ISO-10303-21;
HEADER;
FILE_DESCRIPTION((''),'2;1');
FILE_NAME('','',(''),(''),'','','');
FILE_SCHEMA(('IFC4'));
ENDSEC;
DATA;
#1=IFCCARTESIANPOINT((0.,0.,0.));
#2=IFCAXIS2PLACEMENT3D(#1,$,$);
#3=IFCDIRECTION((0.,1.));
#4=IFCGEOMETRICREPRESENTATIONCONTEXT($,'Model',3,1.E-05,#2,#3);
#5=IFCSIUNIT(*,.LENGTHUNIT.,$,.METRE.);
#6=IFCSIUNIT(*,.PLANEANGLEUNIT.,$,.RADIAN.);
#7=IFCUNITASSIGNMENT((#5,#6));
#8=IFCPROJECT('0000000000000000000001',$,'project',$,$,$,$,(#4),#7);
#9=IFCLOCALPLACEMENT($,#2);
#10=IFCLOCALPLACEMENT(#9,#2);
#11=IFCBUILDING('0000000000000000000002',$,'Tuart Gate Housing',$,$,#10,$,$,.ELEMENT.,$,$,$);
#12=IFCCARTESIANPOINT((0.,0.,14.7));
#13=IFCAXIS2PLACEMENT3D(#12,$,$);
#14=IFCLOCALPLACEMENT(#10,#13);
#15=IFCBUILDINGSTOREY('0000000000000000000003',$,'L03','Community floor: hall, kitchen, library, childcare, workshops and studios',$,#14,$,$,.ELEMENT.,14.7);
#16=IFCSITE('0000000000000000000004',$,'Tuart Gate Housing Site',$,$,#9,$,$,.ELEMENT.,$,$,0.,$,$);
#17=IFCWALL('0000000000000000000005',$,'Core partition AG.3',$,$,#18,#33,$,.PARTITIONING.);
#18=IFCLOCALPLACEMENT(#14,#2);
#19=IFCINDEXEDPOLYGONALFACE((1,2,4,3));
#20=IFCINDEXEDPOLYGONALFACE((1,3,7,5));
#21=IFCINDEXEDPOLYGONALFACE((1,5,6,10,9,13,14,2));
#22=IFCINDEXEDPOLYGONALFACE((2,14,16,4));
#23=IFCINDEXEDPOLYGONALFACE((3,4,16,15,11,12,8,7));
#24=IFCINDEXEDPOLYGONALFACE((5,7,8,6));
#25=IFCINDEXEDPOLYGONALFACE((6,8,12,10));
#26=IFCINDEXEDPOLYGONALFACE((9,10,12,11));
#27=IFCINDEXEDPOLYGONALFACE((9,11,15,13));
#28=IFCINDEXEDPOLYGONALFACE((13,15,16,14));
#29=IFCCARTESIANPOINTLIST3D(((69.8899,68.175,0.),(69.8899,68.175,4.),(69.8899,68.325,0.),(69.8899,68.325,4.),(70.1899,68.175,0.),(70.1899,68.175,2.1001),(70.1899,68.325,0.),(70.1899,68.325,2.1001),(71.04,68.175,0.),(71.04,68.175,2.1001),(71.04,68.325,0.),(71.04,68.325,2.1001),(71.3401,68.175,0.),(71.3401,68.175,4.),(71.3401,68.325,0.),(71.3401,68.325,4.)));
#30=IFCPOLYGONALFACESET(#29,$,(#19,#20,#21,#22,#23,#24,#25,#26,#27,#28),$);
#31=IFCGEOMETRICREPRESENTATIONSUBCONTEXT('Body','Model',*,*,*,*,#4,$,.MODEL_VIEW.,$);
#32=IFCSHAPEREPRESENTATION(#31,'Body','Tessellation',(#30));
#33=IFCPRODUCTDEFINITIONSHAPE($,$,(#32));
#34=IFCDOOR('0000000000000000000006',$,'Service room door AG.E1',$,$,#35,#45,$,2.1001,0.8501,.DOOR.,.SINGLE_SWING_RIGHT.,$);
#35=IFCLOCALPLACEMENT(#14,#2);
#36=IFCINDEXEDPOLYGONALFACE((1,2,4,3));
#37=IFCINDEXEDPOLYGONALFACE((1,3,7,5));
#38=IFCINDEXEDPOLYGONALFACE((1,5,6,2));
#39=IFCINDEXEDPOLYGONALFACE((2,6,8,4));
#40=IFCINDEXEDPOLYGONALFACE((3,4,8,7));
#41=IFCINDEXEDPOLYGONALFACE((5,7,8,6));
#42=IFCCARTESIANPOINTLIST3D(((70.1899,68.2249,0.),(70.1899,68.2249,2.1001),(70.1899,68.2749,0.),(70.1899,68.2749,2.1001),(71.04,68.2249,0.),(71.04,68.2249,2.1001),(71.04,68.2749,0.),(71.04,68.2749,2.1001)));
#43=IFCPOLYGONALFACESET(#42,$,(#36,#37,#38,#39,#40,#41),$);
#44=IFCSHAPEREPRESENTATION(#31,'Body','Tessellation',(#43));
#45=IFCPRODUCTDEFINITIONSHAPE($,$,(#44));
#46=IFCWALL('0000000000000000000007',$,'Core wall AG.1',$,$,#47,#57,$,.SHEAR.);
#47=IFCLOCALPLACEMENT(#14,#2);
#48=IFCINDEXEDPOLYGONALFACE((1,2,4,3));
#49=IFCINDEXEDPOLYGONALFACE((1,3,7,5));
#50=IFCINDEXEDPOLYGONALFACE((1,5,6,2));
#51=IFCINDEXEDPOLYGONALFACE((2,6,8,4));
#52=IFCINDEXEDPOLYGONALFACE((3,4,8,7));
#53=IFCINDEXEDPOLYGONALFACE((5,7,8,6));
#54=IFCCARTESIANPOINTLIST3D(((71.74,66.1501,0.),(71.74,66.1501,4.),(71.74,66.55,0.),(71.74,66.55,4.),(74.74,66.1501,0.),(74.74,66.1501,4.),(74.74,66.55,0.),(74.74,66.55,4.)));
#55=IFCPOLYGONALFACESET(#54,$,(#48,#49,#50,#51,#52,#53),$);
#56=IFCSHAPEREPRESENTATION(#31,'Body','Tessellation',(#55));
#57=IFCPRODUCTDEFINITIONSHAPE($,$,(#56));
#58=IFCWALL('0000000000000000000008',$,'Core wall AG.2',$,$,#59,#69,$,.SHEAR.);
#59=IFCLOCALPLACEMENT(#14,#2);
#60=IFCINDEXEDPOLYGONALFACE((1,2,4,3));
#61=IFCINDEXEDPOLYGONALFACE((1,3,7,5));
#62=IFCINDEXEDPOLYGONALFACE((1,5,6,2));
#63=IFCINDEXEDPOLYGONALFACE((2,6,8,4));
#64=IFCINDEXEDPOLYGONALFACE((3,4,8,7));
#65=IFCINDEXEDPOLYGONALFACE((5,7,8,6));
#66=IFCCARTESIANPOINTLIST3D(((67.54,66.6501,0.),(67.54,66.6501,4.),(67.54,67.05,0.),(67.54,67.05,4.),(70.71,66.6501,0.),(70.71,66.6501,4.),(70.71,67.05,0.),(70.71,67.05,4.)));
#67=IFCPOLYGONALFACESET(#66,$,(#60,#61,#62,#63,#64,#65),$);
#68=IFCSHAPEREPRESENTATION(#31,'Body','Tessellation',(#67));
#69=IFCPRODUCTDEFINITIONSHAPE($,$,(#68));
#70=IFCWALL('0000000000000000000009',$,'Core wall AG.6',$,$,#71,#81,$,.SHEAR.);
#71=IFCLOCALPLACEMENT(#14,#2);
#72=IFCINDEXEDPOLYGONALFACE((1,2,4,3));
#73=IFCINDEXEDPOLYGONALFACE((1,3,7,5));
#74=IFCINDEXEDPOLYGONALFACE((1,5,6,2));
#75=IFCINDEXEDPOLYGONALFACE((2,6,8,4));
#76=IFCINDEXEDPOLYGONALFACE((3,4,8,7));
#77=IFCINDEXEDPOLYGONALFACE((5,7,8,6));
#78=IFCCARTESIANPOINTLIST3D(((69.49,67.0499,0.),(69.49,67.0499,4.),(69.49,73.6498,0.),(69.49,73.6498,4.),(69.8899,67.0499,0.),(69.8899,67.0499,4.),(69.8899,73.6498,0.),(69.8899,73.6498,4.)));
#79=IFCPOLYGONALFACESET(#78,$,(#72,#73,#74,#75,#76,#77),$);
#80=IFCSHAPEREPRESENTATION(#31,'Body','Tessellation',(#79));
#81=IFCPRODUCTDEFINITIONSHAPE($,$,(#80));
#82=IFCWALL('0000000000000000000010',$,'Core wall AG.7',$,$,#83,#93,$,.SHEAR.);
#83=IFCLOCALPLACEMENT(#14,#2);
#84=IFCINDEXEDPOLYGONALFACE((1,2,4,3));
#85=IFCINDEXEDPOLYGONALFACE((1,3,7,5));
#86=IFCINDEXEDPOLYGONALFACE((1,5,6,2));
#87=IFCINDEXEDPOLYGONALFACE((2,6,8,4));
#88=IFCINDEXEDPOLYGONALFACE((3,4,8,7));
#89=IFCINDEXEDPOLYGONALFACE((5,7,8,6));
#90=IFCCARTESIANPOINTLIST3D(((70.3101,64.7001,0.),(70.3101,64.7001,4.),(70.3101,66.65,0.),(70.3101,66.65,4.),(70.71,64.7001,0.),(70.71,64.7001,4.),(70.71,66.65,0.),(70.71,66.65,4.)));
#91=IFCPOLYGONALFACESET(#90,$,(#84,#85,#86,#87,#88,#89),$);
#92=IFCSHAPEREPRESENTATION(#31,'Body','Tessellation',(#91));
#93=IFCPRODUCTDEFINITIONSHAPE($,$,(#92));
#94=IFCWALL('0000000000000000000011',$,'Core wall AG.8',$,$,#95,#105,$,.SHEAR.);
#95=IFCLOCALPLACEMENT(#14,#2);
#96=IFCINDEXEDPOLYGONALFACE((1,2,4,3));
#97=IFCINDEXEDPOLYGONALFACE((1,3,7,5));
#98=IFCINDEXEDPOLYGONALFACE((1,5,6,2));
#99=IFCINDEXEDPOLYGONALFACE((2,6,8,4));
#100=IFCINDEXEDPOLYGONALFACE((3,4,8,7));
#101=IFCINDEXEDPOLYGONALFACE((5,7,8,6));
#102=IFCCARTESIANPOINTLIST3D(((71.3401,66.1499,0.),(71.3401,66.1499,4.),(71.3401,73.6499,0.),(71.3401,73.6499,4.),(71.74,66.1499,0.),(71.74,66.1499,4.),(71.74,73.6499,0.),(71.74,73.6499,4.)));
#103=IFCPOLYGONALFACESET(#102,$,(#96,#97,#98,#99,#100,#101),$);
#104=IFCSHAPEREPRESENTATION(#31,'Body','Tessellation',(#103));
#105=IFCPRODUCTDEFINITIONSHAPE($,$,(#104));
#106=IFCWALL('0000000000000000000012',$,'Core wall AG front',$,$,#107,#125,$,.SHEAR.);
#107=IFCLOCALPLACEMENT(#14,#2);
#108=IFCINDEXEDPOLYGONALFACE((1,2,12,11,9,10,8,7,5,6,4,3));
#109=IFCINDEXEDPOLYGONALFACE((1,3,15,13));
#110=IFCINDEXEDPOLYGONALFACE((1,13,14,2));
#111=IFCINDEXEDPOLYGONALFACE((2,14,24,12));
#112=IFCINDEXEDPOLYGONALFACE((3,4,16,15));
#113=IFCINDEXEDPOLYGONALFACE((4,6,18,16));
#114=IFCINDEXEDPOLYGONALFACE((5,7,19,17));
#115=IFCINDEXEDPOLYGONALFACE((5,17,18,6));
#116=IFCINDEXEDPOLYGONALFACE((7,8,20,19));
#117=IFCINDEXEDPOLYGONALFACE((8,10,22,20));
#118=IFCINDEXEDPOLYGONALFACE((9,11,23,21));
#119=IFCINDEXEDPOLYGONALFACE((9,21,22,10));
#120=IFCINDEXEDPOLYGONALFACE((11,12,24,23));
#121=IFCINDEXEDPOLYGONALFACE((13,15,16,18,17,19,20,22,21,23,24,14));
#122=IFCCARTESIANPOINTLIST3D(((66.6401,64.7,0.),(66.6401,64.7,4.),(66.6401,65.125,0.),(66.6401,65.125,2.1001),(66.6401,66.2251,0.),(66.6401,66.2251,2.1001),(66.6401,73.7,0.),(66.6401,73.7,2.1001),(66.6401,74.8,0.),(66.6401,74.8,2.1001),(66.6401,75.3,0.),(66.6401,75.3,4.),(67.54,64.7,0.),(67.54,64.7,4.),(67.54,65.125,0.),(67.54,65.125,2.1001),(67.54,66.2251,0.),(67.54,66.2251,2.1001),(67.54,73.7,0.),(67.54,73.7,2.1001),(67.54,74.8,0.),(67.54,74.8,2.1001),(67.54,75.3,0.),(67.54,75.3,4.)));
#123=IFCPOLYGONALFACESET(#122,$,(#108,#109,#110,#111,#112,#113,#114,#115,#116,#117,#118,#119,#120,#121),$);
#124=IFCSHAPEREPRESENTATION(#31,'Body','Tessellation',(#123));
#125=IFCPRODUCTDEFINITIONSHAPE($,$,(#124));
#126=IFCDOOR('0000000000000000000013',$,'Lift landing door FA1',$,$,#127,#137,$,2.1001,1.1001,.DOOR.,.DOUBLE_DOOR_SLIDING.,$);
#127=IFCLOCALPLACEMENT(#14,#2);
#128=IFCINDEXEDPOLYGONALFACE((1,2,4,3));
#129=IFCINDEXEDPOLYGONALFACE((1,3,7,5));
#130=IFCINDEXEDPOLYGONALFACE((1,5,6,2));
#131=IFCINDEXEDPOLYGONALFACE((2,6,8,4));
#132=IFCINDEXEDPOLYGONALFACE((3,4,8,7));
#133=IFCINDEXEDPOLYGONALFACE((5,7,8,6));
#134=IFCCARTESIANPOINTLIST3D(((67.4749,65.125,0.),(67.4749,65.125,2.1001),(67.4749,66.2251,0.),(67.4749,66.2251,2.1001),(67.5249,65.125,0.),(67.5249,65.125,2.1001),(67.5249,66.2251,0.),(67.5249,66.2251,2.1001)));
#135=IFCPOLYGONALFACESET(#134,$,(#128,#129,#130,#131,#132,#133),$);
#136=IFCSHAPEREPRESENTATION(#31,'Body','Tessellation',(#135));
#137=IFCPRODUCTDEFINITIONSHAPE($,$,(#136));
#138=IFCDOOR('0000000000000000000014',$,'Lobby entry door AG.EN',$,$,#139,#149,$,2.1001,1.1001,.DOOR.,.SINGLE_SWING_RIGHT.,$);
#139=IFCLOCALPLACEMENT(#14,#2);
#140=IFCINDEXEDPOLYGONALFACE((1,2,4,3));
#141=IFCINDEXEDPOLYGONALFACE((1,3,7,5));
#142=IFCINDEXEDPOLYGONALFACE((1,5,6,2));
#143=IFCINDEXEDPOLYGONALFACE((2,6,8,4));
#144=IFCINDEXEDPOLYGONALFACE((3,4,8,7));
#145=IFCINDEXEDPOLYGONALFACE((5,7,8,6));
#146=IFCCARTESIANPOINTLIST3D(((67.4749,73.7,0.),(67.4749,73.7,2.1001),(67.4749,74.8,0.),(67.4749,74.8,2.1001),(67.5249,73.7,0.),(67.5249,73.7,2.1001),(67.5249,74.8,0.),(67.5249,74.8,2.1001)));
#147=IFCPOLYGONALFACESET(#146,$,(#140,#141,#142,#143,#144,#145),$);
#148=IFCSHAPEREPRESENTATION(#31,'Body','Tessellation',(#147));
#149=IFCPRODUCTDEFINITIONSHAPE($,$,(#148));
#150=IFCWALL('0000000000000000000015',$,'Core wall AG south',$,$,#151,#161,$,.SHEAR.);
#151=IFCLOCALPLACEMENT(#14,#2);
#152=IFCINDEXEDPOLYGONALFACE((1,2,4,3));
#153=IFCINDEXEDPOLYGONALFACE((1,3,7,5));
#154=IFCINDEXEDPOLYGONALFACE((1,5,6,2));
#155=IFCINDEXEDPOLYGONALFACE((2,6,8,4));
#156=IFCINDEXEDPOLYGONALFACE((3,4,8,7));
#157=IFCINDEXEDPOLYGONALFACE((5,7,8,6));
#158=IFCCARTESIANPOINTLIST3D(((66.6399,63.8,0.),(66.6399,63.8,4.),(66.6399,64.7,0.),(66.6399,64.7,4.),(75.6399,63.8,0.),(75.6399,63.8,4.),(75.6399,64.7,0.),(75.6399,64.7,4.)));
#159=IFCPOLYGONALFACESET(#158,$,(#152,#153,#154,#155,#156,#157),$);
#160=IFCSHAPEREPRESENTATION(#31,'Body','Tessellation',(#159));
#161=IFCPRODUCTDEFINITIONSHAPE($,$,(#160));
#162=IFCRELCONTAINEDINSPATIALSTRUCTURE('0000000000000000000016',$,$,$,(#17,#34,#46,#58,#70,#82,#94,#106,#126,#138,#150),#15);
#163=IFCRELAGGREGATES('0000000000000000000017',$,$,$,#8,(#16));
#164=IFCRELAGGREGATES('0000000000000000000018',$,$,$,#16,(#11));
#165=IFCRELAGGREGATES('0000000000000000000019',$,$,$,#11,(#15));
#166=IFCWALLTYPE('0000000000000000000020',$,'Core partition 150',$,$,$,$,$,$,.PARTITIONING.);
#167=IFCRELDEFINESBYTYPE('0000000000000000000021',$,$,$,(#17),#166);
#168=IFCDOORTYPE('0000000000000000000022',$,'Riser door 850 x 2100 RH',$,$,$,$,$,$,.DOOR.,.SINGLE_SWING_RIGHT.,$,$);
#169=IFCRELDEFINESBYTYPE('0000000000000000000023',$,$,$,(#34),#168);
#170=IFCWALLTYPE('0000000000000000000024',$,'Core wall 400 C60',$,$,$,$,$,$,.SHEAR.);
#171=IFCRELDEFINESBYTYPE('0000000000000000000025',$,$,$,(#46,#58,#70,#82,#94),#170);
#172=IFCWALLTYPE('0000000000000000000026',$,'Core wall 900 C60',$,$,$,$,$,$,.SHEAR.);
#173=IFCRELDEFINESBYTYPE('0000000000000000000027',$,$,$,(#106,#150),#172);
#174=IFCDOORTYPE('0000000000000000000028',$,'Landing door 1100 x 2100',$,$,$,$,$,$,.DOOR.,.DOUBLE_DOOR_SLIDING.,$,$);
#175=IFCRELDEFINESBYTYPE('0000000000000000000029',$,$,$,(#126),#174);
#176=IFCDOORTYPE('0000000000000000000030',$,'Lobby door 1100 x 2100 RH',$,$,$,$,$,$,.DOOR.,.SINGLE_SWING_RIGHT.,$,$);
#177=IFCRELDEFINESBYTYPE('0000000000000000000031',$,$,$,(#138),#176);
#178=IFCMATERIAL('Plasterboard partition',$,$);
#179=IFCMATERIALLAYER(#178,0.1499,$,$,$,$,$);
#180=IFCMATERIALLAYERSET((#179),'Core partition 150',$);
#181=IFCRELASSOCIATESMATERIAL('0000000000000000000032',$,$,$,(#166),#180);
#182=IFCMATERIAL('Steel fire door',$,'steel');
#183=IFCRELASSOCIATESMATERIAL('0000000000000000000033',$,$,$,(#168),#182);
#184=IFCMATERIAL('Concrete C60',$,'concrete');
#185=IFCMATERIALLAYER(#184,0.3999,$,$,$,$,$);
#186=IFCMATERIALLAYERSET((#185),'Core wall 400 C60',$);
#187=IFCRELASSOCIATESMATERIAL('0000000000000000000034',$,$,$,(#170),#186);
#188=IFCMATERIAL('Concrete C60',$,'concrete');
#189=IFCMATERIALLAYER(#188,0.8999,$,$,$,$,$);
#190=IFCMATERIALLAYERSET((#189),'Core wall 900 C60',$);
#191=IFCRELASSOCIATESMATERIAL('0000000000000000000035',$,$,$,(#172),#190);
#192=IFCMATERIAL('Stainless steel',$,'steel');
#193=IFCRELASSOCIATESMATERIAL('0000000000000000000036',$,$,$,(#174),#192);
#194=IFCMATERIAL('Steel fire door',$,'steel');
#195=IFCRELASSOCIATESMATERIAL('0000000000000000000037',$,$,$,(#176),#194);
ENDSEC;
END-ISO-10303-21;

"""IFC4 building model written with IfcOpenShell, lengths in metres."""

from ifc_helpers import new_model, si_unit, direction, frame, frame_2d, origin, place, context, subcontext, project, spatial, rectangle, extrude, material, layer, layer_set, type_object, element, fill, save


model = new_model("IFC4")

# Units and contexts
model_context = context("Model", 3, precision=1e-05, world=origin(), true_north=direction((0.0, 1.0)))
body_context = subcontext(model_context, "Body", "Model", "MODEL_VIEW")
ifc_project = project(units=[si_unit("LENGTHUNIT", "METRE"), si_unit("PLANEANGLEUNIT", "RADIAN")], contexts=[model_context])

# Site, building, storey
site_placement = place(None, origin())
site = spatial("IfcSite", under=ifc_project, at=site_placement, Name="Tuart Gate Housing Site", CompositionType="ELEMENT", RefElevation=0.0)
building_placement = place(site_placement, origin())
building = spatial("IfcBuilding", under=site, at=building_placement, Name="Tuart Gate Housing", CompositionType="ELEMENT")
storey_placement = place(building_placement, frame((0.0, 0.0, 14.7)))
storey = spatial("IfcBuildingStorey", under=building, at=storey_placement, Name="L03", Description="Community floor: hall, kitchen, library, childcare, workshops and studios", CompositionType="ELEMENT", Elevation=14.7)

# Wall, opening, door
ifc_material_1 = material(Name="Plasterboard partition")
ifc_layer_1 = layer(ifc_material_1, 0.1499)
ifc_layer_set_1 = layer_set([ifc_layer_1], Name="Core partition 150")
wall_type_1 = type_object("IfcWallType", Name="Core partition 150", PredefinedType="PARTITIONING", material=ifc_layer_set_1)
wall_1_placement = place(storey_placement, frame((69.8899, 68.25, 0.0), z_axis=(0.0, 0.0, 1.0), x_axis=(1.0, 0.0, 0.0)))
wall_1 = element("IfcWall", 1, at=wall_1_placement, inside=storey, type_object=wall_type_1, Name="Core partition AG.3", PredefinedType="PARTITIONING", context=body_context, shape_type="SweptSolid", body=[
    extrude(rectangle(XDim=1.4502, YDim=0.1499, at=frame_2d((0.7251, 0.0))), origin(), (0.0, 0.0, 1.0), 4.0),
])
opening_1_placement = place(wall_1_placement, frame((0.3, 0.0, 0.0)))
opening_1 = element("IfcOpeningElement", 2, at=opening_1_placement, cuts=wall_1, PredefinedType="OPENING", context=body_context, shape_type="SweptSolid", body=[
    extrude(rectangle(XDim=0.8501, YDim=2.1001, at=frame_2d((0.425, 1.05))), frame((0.0, 0.085, 0.0), z_axis=(0.0, -1.0, 0.0), x_axis=(1.0, 0.0, 0.0)), (0.0, 0.0, 1.0), 0.1699),
])
ifc_material_2 = material(Name="Steel fire door", Category="steel")
door_type_1 = type_object("IfcDoorType", Name="Riser door 850 x 2100 RH", OperationType="SINGLE_SWING_RIGHT", PredefinedType="DOOR", material=ifc_material_2)
door_1_placement = place(opening_1_placement, frame((0.8501, 0.0, 0.0), z_axis=(0.0, 0.0, 1.0), x_axis=(-1.0, 0.0, 0.0)))
door_1 = element("IfcDoor", 3, at=door_1_placement, inside=storey, type_object=door_type_1, Name="Service room door AG.E1", OperationType="SINGLE_SWING_RIGHT", OverallHeight=2.1001, OverallWidth=0.8501, PredefinedType="DOOR", context=body_context, shape_type="SweptSolid", body=[
    extrude(rectangle(XDim=0.8501, YDim=2.1001, at=frame_2d((0.425, 1.05))), frame((0.0, 0.0251, 0.0), z_axis=(0.0, -1.0, 0.0), x_axis=(1.0, 0.0, 0.0)), (0.0, 0.0, 1.0), 0.05),
])
fill(opening_1, door_1)

# Walls
ifc_material_3 = material(Name="Concrete C60", Category="concrete")
ifc_layer_2 = layer(ifc_material_3, 0.3999)
ifc_layer_set_2 = layer_set([ifc_layer_2], Name="Core wall 400 C60")
wall_type_2 = type_object("IfcWallType", Name="Core wall 400 C60", PredefinedType="SHEAR", material=ifc_layer_set_2)
wall_2_placement = place(storey_placement, frame((71.74, 66.3501, 0.0), z_axis=(0.0, 0.0, 1.0), x_axis=(1.0, 0.0, 0.0)))
element("IfcWall", 4, at=wall_2_placement, inside=storey, type_object=wall_type_2, Name="Core wall AG.1", PredefinedType="SHEAR", context=body_context, shape_type="SweptSolid", body=[
    extrude(rectangle(XDim=3.0, YDim=0.3999, at=frame_2d((1.5, 0.0))), origin(), (0.0, 0.0, 1.0), 4.0),
])
wall_3_placement = place(storey_placement, frame((67.54, 66.8501, 0.0), z_axis=(0.0, 0.0, 1.0), x_axis=(1.0, 0.0, 0.0)))
element("IfcWall", 5, at=wall_3_placement, inside=storey, type_object=wall_type_2, Name="Core wall AG.2", PredefinedType="SHEAR", context=body_context, shape_type="SweptSolid", body=[
    extrude(rectangle(XDim=3.1699, YDim=0.3999, at=frame_2d((1.585, 0.0))), origin(), (0.0, 0.0, 1.0), 4.0),
])
wall_4_placement = place(storey_placement, frame((69.6899, 67.05, 0.0), z_axis=(0.0, 0.0, 1.0), x_axis=(0.0, 1.0, 0.0)))
element("IfcWall", 6, at=wall_4_placement, inside=storey, type_object=wall_type_2, Name="Core wall AG.6", PredefinedType="SHEAR", context=body_context, shape_type="SweptSolid", body=[
    extrude(rectangle(XDim=6.5999, YDim=0.3999, at=frame_2d((3.2998, 0.0))), origin(), (0.0, 0.0, 1.0), 4.0),
])
wall_5_placement = place(storey_placement, frame((70.51, 64.7, 0.0), z_axis=(0.0, 0.0, 1.0), x_axis=(0.0, 1.0, 0.0)))
element("IfcWall", 7, at=wall_5_placement, inside=storey, type_object=wall_type_2, Name="Core wall AG.7", PredefinedType="SHEAR", context=body_context, shape_type="SweptSolid", body=[
    extrude(rectangle(XDim=1.95, YDim=0.3999, at=frame_2d((0.9751, 0.0))), origin(), (0.0, 0.0, 1.0), 4.0),
])
wall_6_placement = place(storey_placement, frame((71.54, 66.1499, 0.0), z_axis=(0.0, 0.0, 1.0), x_axis=(0.0, 1.0, 0.0)))
element("IfcWall", 8, at=wall_6_placement, inside=storey, type_object=wall_type_2, Name="Core wall AG.8", PredefinedType="SHEAR", context=body_context, shape_type="SweptSolid", body=[
    extrude(rectangle(XDim=7.5, YDim=0.3999, at=frame_2d((3.75, 0.0))), origin(), (0.0, 0.0, 1.0), 4.0),
])

# Wall, openings, doors
ifc_material_4 = material(Name="Concrete C60", Category="concrete")
ifc_layer_3 = layer(ifc_material_4, 0.8999)
ifc_layer_set_3 = layer_set([ifc_layer_3], Name="Core wall 900 C60")
wall_type_3 = type_object("IfcWallType", Name="Core wall 900 C60", PredefinedType="SHEAR", material=ifc_layer_set_3)
wall_7_placement = place(storey_placement, frame((67.0901, 64.7, 0.0), z_axis=(0.0, 0.0, 1.0), x_axis=(0.0, 1.0, 0.0)))
wall_7 = element("IfcWall", 9, at=wall_7_placement, inside=storey, type_object=wall_type_3, Name="Core wall AG front", PredefinedType="SHEAR", context=body_context, shape_type="SweptSolid", body=[
    extrude(rectangle(XDim=10.6001, YDim=0.8999, at=frame_2d((5.3, 0.0))), origin(), (0.0, 0.0, 1.0), 4.0),
])
opening_2_placement = place(wall_7_placement, frame((0.425, 0.0, 0.0)))
opening_2 = element("IfcOpeningElement", 10, at=opening_2_placement, cuts=wall_7, PredefinedType="OPENING", context=body_context, shape_type="SweptSolid", body=[
    extrude(rectangle(XDim=1.1001, YDim=2.1001, at=frame_2d((0.55, 1.05))), frame((0.0, 0.46, 0.0), z_axis=(0.0, -1.0, 0.0), x_axis=(1.0, 0.0, 0.0)), (0.0, 0.0, 1.0), 0.9199),
])
opening_3_placement = place(wall_7_placement, frame((9.0, 0.0, 0.0)))
opening_3 = element("IfcOpeningElement", 11, at=opening_3_placement, cuts=wall_7, PredefinedType="OPENING", context=body_context, shape_type="SweptSolid", body=[
    extrude(rectangle(XDim=1.1001, YDim=2.1001, at=frame_2d((0.55, 1.05))), frame((0.0, 0.46, 0.0), z_axis=(0.0, -1.0, 0.0), x_axis=(1.0, 0.0, 0.0)), (0.0, 0.0, 1.0), 0.9199),
])
ifc_material_5 = material(Name="Stainless steel", Category="steel")
door_type_2 = type_object("IfcDoorType", Name="Landing door 1100 x 2100", OperationType="DOUBLE_DOOR_SLIDING", PredefinedType="DOOR", material=ifc_material_5)
door_2_placement = place(opening_2_placement, origin())
door_2 = element("IfcDoor", 12, at=door_2_placement, inside=storey, type_object=door_type_2, Name="Lift landing door FA1", OperationType="DOUBLE_DOOR_SLIDING", OverallHeight=2.1001, OverallWidth=1.1001, PredefinedType="DOOR", context=body_context, shape_type="SweptSolid", body=[
    extrude(rectangle(XDim=1.1001, YDim=2.1001, at=frame_2d((0.55, 1.05))), frame((0.0, -0.3848, 0.0), z_axis=(0.0, -1.0, 0.0), x_axis=(1.0, 0.0, 0.0)), (0.0, 0.0, 1.0), 0.05),
])
fill(opening_2, door_2)
ifc_material_6 = material(Name="Steel fire door", Category="steel")
door_type_3 = type_object("IfcDoorType", Name="Lobby door 1100 x 2100 RH", OperationType="SINGLE_SWING_RIGHT", PredefinedType="DOOR", material=ifc_material_6)
door_3_placement = place(opening_3_placement, frame((1.1001, 0.0, 0.0), z_axis=(0.0, 0.0, 1.0), x_axis=(-1.0, 0.0, 0.0)))
door_3 = element("IfcDoor", 13, at=door_3_placement, inside=storey, type_object=door_type_3, Name="Lobby entry door AG.EN", OperationType="SINGLE_SWING_RIGHT", OverallHeight=2.1001, OverallWidth=1.1001, PredefinedType="DOOR", context=body_context, shape_type="SweptSolid", body=[
    extrude(rectangle(XDim=1.1001, YDim=2.1001, at=frame_2d((0.55, 1.05))), frame((0.0, 0.4348, 0.0), z_axis=(0.0, -1.0, 0.0), x_axis=(1.0, 0.0, 0.0)), (0.0, 0.0, 1.0), 0.05),
])
fill(opening_3, door_3)

# Wall
wall_8_placement = place(storey_placement, frame((66.6399, 64.25, 0.0), z_axis=(0.0, 0.0, 1.0), x_axis=(1.0, 0.0, 0.0)))
element("IfcWall", 14, at=wall_8_placement, inside=storey, type_object=wall_type_3, Name="Core wall AG south", PredefinedType="SHEAR", context=body_context, shape_type="SweptSolid", body=[
    extrude(rectangle(XDim=9.0, YDim=0.8999, at=frame_2d((4.5, 0.0))), origin(), (0.0, 0.0, 1.0), 4.0),
])

save(model, "model.ifc")
